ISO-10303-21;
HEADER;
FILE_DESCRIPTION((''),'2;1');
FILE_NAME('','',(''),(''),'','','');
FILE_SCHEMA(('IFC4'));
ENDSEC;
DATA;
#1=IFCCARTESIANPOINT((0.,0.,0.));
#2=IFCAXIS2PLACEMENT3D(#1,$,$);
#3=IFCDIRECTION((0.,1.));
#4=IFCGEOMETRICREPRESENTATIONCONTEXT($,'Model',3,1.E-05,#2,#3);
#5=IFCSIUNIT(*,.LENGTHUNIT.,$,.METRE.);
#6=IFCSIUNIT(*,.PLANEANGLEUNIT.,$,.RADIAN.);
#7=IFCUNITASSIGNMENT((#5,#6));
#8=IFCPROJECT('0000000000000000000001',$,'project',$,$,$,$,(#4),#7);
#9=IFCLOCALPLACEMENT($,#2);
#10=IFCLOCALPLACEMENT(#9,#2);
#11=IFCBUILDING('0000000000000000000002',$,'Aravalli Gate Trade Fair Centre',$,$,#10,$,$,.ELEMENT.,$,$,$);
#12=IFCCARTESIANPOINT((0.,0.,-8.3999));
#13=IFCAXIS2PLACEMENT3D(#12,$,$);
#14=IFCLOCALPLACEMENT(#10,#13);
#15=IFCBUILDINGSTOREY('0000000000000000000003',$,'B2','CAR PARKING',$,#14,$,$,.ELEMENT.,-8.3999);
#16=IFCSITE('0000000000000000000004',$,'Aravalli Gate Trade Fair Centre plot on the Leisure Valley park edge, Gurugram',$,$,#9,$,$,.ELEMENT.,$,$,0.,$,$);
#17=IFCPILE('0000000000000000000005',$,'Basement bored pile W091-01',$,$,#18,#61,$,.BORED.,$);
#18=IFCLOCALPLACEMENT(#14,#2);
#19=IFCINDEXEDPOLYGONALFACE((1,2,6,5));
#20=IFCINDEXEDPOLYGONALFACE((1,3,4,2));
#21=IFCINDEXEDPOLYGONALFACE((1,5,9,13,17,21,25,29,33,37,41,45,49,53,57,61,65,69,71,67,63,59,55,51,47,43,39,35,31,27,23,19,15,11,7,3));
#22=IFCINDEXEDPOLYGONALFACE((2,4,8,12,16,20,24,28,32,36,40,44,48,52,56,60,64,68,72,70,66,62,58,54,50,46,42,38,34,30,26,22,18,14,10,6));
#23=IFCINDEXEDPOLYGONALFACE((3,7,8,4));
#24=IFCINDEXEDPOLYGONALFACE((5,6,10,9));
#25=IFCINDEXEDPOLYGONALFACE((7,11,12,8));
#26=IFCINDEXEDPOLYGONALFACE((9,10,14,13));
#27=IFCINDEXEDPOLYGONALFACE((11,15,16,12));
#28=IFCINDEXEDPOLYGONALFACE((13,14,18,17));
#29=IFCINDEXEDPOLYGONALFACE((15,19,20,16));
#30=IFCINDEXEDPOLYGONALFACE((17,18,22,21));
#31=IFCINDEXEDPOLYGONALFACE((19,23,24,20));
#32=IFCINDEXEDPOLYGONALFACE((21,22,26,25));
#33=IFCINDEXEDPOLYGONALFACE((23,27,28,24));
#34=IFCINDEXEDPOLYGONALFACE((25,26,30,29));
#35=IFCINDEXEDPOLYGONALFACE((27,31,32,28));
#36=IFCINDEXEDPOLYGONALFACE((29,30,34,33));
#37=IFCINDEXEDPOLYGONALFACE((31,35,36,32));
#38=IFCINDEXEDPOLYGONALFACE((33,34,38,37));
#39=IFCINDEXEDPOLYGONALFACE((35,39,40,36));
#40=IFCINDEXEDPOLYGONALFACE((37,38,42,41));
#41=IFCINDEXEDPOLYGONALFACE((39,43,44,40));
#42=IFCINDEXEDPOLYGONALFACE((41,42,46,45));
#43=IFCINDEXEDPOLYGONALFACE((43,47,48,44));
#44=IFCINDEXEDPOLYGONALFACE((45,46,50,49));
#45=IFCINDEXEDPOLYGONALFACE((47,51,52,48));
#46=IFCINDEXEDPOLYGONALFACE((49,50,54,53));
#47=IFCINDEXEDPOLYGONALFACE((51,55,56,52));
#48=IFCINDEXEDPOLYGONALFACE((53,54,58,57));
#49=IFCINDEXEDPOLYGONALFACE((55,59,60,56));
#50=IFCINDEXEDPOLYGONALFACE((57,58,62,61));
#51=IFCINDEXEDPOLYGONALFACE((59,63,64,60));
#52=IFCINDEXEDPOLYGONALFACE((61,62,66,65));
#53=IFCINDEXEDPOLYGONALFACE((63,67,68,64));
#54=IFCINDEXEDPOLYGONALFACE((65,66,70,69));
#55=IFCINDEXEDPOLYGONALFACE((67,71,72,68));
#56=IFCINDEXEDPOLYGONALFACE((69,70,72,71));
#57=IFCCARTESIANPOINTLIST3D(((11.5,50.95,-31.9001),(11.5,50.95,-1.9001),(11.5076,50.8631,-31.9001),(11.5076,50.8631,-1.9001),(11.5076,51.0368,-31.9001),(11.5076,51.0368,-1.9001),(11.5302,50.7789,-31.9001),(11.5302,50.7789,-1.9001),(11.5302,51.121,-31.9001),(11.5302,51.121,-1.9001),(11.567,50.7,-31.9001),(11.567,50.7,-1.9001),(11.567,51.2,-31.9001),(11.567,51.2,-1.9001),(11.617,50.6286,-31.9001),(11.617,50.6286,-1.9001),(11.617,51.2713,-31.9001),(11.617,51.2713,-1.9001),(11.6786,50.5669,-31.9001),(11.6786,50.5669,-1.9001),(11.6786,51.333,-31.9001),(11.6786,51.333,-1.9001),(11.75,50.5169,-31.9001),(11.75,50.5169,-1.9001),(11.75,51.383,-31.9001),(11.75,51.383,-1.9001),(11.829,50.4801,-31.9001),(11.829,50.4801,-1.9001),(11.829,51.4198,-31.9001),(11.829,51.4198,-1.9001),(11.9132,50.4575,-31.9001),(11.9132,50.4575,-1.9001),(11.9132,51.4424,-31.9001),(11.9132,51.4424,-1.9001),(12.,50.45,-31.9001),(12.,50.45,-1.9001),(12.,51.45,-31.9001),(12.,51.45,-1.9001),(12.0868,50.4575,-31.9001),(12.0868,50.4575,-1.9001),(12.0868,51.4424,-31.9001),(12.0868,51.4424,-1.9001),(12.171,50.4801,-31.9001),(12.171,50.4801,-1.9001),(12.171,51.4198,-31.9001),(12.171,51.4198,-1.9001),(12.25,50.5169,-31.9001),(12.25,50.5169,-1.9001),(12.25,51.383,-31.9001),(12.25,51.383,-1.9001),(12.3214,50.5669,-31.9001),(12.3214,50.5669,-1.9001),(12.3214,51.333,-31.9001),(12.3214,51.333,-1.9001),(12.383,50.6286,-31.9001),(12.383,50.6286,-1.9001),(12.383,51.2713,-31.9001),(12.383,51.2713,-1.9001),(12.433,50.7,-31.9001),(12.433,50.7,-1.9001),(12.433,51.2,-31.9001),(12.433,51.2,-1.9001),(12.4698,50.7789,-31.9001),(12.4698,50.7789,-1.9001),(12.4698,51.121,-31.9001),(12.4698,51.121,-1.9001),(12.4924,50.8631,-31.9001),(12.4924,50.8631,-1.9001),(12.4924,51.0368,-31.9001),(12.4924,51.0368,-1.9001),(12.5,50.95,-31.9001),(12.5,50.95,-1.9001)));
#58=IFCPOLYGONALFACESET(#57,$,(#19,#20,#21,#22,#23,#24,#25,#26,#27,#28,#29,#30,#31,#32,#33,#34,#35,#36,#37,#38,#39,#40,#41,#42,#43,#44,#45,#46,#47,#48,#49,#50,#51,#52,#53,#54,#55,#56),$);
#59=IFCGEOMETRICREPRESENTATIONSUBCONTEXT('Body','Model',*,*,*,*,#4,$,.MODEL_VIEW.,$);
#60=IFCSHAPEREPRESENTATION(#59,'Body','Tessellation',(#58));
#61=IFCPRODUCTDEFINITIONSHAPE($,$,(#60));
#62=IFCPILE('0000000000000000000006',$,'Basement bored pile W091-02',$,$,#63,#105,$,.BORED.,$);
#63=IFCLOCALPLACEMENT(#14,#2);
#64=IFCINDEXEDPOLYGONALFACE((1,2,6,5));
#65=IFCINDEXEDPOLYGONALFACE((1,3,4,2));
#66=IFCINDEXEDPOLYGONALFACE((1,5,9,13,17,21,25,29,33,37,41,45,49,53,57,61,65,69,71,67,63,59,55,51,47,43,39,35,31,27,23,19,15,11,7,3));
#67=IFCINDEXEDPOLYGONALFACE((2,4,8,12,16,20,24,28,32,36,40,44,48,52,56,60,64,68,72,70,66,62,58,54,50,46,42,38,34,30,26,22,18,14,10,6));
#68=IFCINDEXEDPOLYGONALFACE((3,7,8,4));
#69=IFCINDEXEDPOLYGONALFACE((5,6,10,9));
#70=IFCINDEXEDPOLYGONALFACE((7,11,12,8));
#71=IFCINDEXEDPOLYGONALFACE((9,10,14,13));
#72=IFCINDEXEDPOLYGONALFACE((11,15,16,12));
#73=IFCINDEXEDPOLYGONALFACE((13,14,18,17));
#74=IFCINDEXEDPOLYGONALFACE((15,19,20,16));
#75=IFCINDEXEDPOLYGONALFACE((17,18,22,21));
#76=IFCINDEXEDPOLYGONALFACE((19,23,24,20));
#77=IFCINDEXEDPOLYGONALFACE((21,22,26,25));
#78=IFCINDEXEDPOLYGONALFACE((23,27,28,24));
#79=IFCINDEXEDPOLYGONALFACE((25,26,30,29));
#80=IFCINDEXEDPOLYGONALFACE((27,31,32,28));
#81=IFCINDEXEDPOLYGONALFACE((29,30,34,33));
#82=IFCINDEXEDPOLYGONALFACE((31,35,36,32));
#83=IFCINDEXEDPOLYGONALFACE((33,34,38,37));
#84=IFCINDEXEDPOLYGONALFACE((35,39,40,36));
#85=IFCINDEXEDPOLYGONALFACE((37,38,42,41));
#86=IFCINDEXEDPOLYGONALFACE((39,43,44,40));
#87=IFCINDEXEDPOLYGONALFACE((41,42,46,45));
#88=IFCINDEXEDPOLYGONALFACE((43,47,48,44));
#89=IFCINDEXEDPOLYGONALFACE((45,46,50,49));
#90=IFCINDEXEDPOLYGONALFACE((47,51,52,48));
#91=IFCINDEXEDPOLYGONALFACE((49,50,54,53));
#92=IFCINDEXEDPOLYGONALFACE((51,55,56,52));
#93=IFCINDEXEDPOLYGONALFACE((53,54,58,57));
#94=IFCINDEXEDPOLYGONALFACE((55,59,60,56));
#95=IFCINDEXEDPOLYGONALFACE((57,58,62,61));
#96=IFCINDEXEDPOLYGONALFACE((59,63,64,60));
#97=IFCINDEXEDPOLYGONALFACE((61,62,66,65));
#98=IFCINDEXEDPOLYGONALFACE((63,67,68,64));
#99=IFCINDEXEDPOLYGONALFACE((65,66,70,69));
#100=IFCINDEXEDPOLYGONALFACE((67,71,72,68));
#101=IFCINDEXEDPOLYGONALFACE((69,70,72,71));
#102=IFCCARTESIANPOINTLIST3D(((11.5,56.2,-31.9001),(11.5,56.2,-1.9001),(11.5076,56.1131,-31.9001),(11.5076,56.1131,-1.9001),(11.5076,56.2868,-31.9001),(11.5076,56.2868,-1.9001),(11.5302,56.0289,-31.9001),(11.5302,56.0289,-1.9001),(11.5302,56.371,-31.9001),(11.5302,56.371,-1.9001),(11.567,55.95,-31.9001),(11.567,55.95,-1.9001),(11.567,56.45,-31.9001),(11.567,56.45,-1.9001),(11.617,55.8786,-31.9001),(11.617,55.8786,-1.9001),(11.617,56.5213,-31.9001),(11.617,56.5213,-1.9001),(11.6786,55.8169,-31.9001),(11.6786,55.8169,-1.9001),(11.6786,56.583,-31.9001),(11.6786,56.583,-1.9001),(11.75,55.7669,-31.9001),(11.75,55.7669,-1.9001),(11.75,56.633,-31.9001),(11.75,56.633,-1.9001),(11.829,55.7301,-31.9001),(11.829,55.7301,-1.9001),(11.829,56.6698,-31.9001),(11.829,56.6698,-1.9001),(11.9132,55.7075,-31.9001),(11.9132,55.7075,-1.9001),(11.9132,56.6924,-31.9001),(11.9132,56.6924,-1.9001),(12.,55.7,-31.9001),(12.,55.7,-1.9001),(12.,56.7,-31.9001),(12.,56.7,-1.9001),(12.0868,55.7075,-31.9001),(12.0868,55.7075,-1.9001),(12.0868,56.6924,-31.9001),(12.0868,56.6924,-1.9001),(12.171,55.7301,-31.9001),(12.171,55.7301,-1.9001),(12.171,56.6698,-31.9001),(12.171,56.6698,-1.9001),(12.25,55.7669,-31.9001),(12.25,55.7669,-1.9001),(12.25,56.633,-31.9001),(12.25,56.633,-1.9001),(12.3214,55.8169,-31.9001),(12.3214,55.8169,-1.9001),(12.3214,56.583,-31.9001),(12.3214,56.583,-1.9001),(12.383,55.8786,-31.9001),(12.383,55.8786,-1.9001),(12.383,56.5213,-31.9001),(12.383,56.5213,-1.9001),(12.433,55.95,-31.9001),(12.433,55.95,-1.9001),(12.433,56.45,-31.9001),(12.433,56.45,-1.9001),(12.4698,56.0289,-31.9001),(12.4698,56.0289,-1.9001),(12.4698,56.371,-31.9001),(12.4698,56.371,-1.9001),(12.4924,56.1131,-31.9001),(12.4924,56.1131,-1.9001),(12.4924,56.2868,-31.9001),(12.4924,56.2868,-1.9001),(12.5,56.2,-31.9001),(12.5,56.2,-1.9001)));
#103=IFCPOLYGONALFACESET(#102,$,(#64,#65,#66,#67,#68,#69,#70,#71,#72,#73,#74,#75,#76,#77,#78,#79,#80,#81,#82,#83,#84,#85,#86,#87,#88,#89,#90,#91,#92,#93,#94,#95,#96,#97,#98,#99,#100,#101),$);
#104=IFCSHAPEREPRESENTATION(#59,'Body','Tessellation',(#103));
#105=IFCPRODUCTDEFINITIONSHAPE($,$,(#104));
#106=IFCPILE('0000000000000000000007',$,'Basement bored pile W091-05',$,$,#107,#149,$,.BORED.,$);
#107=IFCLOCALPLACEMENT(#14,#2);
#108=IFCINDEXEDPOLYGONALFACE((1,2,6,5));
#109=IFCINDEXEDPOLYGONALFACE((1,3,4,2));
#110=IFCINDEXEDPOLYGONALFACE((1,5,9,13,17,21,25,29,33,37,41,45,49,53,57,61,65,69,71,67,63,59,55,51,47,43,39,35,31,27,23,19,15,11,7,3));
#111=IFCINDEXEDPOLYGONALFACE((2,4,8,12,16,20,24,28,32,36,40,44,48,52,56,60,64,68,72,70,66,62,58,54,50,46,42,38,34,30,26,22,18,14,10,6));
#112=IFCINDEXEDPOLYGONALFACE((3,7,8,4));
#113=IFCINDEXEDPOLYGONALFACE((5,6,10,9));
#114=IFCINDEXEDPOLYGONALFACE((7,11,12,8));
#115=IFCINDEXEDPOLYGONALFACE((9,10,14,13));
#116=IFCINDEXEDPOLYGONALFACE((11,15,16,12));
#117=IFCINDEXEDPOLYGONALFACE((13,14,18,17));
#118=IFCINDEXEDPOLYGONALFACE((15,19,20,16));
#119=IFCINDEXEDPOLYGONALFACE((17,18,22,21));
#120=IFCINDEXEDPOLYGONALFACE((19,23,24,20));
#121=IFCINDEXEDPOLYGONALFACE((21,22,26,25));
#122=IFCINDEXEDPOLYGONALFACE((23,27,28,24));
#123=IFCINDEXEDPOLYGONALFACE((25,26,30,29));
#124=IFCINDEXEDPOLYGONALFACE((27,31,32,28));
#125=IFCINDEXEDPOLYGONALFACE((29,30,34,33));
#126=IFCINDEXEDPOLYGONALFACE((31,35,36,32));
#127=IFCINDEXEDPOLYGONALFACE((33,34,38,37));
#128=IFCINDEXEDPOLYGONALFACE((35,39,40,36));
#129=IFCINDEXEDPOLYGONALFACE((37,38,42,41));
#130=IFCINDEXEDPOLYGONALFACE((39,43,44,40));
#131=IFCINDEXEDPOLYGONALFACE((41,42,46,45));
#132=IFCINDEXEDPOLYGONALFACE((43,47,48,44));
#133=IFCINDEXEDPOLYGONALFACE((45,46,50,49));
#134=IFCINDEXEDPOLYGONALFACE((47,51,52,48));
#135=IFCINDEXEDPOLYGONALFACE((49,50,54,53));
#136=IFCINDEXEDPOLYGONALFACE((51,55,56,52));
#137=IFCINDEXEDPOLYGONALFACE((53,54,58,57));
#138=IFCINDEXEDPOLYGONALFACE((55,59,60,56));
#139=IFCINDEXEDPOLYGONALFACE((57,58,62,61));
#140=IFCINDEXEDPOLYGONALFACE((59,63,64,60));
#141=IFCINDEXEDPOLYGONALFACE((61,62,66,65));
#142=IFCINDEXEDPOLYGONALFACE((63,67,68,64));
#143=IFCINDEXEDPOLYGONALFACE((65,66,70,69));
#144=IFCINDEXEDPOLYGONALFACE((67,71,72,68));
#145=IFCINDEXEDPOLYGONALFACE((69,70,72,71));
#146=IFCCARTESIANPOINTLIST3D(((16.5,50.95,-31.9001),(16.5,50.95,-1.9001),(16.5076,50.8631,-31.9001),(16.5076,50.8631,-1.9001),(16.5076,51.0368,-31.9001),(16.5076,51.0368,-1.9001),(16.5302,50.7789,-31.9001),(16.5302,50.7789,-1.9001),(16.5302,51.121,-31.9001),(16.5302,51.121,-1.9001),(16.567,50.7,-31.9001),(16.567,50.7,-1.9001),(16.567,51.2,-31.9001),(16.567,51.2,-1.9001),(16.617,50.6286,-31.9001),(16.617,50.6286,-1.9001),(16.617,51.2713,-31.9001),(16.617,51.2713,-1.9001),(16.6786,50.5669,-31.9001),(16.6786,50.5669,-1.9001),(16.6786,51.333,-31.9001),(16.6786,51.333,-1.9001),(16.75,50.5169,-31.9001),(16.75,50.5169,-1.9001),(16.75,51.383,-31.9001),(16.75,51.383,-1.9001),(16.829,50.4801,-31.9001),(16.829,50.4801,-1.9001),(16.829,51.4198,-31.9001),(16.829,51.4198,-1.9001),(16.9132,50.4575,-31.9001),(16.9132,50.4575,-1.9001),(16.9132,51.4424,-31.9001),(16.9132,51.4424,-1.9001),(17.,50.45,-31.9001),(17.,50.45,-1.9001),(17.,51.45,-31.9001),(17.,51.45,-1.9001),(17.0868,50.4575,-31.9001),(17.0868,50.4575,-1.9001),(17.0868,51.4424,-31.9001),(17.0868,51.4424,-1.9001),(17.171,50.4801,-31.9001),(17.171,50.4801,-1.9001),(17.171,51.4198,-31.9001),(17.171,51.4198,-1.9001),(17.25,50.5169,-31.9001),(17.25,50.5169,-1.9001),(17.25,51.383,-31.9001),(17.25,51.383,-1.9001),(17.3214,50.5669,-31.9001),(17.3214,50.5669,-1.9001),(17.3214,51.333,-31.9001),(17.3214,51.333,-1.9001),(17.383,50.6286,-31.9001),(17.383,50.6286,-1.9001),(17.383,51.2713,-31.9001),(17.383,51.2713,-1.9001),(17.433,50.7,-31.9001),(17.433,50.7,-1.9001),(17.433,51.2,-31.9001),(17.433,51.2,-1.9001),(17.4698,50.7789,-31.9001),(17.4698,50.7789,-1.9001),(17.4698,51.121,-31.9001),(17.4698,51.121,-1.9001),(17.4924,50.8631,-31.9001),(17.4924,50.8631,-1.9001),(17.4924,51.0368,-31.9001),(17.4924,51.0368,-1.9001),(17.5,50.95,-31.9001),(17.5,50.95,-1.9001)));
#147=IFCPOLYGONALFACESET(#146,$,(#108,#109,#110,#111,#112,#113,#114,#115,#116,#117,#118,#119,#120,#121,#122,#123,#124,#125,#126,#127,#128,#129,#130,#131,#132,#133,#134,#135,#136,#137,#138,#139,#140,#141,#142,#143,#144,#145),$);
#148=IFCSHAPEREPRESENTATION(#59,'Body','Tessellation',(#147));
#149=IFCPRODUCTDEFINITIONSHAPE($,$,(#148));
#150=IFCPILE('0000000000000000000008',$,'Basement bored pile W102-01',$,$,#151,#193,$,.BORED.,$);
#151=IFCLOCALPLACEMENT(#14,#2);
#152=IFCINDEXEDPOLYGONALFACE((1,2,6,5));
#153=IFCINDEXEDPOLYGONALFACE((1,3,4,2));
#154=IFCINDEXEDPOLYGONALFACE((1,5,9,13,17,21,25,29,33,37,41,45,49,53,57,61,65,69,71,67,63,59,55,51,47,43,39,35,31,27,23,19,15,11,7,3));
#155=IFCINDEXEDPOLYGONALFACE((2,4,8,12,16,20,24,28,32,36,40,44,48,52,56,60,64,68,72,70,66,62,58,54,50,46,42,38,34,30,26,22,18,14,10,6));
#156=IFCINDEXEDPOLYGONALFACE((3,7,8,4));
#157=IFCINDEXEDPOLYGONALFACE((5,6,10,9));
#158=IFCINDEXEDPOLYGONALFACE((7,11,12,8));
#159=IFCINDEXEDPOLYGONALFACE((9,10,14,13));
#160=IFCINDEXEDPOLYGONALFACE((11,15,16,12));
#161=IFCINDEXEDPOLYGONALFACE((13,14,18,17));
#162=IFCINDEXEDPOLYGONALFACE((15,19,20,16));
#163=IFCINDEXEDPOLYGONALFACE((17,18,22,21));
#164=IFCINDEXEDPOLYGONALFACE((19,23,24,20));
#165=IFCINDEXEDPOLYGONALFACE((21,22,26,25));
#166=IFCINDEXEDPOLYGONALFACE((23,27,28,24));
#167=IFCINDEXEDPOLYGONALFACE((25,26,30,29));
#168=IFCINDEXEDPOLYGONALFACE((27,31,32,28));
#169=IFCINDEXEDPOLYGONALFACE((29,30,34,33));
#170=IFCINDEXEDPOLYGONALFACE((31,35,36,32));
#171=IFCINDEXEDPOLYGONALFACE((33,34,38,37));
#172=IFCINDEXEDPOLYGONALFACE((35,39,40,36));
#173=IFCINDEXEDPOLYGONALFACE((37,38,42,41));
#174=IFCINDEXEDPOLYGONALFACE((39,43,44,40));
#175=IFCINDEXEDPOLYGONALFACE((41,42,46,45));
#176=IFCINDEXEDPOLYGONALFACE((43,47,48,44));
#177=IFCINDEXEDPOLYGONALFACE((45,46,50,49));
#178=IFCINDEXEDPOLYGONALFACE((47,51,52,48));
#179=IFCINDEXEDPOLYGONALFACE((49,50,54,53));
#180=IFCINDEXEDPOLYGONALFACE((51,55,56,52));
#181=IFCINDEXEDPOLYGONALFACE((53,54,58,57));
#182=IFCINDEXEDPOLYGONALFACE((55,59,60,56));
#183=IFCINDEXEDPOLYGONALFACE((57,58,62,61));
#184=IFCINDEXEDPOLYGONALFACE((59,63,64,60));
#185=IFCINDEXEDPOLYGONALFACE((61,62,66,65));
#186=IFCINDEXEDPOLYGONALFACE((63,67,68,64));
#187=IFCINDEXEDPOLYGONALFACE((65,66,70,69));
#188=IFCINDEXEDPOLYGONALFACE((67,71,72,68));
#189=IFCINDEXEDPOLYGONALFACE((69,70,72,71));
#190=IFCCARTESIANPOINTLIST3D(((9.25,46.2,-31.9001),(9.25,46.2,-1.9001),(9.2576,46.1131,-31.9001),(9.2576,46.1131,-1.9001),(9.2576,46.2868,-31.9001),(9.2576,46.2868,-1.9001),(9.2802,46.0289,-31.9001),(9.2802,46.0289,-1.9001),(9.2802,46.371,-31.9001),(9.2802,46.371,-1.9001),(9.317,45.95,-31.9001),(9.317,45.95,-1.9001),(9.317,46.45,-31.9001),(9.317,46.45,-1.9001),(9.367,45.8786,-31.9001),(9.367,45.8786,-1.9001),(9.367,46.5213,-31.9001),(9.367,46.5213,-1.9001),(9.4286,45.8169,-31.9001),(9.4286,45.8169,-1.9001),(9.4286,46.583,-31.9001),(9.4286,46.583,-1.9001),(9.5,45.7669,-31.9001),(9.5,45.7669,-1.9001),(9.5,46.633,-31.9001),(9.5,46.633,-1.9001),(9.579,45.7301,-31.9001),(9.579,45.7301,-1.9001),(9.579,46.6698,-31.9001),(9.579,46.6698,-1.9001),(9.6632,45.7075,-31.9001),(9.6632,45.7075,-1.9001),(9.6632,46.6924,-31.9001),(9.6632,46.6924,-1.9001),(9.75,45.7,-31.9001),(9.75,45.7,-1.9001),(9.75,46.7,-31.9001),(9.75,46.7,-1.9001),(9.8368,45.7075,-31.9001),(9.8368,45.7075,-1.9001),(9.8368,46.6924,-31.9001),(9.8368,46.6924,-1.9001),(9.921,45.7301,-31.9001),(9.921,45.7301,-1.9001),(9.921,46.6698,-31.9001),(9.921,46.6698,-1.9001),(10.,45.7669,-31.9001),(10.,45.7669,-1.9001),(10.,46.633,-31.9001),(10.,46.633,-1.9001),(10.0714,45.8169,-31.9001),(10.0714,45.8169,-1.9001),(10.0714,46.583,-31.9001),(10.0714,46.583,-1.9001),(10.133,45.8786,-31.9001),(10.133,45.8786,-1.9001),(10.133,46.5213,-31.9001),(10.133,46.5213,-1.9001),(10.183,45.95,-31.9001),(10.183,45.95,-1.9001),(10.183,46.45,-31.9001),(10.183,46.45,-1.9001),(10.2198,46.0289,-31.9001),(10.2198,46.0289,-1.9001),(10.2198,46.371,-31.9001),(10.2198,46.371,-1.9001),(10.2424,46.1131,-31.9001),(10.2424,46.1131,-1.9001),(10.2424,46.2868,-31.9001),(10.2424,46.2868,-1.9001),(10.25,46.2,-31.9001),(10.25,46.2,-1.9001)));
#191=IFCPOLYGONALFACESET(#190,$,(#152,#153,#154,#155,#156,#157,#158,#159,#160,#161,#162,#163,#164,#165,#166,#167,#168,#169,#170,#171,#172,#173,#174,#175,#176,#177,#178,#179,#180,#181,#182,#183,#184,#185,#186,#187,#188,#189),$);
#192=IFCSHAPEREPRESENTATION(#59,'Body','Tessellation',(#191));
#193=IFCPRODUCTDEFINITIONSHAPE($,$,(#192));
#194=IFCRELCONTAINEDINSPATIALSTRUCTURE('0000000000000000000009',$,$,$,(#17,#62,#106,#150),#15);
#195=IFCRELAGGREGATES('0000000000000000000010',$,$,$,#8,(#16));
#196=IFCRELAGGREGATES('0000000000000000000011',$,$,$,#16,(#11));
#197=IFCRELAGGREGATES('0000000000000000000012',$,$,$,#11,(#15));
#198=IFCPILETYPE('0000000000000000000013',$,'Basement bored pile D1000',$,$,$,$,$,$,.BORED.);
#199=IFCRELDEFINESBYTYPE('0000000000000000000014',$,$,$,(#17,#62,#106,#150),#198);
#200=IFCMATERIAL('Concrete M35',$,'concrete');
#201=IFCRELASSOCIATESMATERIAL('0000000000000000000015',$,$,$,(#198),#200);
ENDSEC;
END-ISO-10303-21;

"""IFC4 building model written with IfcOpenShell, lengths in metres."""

from ifc_helpers import new_model, si_unit, direction, frame, origin, origin_2d, place, context, subcontext, project, spatial, circle, extrude, material, material_profile, profile_set, type_object, element, save


model = new_model("IFC4")

# Units and contexts
model_context = context("Model", 3, precision=1e-05, world=origin(), true_north=direction((0.0, 1.0)))
body_context = subcontext(model_context, "Body", "Model", "MODEL_VIEW")
ifc_project = project(units=[si_unit("LENGTHUNIT", "METRE"), si_unit("PLANEANGLEUNIT", "RADIAN")], contexts=[model_context])

# Site, building, storey
site_placement = place(None, origin())
site = spatial("IfcSite", under=ifc_project, at=site_placement, Name="Aravalli Gate Trade Fair Centre plot on the Leisure Valley park edge, Gurugram", CompositionType="ELEMENT", RefElevation=0.0)
building_placement = place(site_placement, origin())
building = spatial("IfcBuilding", under=site, at=building_placement, Name="Aravalli Gate Trade Fair Centre", CompositionType="ELEMENT")
storey_placement = place(building_placement, frame((0.0, 0.0, -8.3999)))
storey = spatial("IfcBuildingStorey", under=building, at=storey_placement, Name="B2", Description="CAR PARKING", CompositionType="ELEMENT", Elevation=-8.3999)

# Piles
ifc_material_1 = material(Name="Concrete M35", Category="concrete")
ifc_material_profile_1 = material_profile(ifc_material_1, circle(Radius=0.5, at=origin_2d()), Name="D1000")
ifc_profile_set_1 = profile_set([ifc_material_profile_1], Name="Concrete M35")
pile_type = type_object("IfcPileType", Name="Basement bored pile D1000", PredefinedType="BORED", material=ifc_profile_set_1)
for number, where, z_axis, x_axis, name in (
    (1, (12.0, 50.95, -1.9001), (0.0, 0.0, -1.0), (1.0, 0.0, 0.0), "Basement bored pile W091-01"),
    (2, (12.0, 56.2, -1.9001), (0.0, 0.0, -1.0), (1.0, 0.0, 0.0), "Basement bored pile W091-02"),
    (3, (17.0, 50.95, -1.9001), (0.0, 0.0, -1.0), (1.0, 0.0, 0.0), "Basement bored pile W091-05"),
    (4, (9.75, 46.2, -1.9001), (0.0, 0.0, -1.0), (1.0, 0.0, 0.0), "Basement bored pile W102-01"),
):
    element("IfcPile", number, at=place(storey_placement, frame(where, z_axis=z_axis, x_axis=x_axis)), inside=storey, type_object=pile_type, Name=name, PredefinedType="BORED", context=body_context, shape_type="SweptSolid", body=[
        extrude(circle(Radius=0.5, at=origin_2d()), origin(), (0.0, 0.0, 1.0), 30.0),
    ])

save(model, "model.ifc")
